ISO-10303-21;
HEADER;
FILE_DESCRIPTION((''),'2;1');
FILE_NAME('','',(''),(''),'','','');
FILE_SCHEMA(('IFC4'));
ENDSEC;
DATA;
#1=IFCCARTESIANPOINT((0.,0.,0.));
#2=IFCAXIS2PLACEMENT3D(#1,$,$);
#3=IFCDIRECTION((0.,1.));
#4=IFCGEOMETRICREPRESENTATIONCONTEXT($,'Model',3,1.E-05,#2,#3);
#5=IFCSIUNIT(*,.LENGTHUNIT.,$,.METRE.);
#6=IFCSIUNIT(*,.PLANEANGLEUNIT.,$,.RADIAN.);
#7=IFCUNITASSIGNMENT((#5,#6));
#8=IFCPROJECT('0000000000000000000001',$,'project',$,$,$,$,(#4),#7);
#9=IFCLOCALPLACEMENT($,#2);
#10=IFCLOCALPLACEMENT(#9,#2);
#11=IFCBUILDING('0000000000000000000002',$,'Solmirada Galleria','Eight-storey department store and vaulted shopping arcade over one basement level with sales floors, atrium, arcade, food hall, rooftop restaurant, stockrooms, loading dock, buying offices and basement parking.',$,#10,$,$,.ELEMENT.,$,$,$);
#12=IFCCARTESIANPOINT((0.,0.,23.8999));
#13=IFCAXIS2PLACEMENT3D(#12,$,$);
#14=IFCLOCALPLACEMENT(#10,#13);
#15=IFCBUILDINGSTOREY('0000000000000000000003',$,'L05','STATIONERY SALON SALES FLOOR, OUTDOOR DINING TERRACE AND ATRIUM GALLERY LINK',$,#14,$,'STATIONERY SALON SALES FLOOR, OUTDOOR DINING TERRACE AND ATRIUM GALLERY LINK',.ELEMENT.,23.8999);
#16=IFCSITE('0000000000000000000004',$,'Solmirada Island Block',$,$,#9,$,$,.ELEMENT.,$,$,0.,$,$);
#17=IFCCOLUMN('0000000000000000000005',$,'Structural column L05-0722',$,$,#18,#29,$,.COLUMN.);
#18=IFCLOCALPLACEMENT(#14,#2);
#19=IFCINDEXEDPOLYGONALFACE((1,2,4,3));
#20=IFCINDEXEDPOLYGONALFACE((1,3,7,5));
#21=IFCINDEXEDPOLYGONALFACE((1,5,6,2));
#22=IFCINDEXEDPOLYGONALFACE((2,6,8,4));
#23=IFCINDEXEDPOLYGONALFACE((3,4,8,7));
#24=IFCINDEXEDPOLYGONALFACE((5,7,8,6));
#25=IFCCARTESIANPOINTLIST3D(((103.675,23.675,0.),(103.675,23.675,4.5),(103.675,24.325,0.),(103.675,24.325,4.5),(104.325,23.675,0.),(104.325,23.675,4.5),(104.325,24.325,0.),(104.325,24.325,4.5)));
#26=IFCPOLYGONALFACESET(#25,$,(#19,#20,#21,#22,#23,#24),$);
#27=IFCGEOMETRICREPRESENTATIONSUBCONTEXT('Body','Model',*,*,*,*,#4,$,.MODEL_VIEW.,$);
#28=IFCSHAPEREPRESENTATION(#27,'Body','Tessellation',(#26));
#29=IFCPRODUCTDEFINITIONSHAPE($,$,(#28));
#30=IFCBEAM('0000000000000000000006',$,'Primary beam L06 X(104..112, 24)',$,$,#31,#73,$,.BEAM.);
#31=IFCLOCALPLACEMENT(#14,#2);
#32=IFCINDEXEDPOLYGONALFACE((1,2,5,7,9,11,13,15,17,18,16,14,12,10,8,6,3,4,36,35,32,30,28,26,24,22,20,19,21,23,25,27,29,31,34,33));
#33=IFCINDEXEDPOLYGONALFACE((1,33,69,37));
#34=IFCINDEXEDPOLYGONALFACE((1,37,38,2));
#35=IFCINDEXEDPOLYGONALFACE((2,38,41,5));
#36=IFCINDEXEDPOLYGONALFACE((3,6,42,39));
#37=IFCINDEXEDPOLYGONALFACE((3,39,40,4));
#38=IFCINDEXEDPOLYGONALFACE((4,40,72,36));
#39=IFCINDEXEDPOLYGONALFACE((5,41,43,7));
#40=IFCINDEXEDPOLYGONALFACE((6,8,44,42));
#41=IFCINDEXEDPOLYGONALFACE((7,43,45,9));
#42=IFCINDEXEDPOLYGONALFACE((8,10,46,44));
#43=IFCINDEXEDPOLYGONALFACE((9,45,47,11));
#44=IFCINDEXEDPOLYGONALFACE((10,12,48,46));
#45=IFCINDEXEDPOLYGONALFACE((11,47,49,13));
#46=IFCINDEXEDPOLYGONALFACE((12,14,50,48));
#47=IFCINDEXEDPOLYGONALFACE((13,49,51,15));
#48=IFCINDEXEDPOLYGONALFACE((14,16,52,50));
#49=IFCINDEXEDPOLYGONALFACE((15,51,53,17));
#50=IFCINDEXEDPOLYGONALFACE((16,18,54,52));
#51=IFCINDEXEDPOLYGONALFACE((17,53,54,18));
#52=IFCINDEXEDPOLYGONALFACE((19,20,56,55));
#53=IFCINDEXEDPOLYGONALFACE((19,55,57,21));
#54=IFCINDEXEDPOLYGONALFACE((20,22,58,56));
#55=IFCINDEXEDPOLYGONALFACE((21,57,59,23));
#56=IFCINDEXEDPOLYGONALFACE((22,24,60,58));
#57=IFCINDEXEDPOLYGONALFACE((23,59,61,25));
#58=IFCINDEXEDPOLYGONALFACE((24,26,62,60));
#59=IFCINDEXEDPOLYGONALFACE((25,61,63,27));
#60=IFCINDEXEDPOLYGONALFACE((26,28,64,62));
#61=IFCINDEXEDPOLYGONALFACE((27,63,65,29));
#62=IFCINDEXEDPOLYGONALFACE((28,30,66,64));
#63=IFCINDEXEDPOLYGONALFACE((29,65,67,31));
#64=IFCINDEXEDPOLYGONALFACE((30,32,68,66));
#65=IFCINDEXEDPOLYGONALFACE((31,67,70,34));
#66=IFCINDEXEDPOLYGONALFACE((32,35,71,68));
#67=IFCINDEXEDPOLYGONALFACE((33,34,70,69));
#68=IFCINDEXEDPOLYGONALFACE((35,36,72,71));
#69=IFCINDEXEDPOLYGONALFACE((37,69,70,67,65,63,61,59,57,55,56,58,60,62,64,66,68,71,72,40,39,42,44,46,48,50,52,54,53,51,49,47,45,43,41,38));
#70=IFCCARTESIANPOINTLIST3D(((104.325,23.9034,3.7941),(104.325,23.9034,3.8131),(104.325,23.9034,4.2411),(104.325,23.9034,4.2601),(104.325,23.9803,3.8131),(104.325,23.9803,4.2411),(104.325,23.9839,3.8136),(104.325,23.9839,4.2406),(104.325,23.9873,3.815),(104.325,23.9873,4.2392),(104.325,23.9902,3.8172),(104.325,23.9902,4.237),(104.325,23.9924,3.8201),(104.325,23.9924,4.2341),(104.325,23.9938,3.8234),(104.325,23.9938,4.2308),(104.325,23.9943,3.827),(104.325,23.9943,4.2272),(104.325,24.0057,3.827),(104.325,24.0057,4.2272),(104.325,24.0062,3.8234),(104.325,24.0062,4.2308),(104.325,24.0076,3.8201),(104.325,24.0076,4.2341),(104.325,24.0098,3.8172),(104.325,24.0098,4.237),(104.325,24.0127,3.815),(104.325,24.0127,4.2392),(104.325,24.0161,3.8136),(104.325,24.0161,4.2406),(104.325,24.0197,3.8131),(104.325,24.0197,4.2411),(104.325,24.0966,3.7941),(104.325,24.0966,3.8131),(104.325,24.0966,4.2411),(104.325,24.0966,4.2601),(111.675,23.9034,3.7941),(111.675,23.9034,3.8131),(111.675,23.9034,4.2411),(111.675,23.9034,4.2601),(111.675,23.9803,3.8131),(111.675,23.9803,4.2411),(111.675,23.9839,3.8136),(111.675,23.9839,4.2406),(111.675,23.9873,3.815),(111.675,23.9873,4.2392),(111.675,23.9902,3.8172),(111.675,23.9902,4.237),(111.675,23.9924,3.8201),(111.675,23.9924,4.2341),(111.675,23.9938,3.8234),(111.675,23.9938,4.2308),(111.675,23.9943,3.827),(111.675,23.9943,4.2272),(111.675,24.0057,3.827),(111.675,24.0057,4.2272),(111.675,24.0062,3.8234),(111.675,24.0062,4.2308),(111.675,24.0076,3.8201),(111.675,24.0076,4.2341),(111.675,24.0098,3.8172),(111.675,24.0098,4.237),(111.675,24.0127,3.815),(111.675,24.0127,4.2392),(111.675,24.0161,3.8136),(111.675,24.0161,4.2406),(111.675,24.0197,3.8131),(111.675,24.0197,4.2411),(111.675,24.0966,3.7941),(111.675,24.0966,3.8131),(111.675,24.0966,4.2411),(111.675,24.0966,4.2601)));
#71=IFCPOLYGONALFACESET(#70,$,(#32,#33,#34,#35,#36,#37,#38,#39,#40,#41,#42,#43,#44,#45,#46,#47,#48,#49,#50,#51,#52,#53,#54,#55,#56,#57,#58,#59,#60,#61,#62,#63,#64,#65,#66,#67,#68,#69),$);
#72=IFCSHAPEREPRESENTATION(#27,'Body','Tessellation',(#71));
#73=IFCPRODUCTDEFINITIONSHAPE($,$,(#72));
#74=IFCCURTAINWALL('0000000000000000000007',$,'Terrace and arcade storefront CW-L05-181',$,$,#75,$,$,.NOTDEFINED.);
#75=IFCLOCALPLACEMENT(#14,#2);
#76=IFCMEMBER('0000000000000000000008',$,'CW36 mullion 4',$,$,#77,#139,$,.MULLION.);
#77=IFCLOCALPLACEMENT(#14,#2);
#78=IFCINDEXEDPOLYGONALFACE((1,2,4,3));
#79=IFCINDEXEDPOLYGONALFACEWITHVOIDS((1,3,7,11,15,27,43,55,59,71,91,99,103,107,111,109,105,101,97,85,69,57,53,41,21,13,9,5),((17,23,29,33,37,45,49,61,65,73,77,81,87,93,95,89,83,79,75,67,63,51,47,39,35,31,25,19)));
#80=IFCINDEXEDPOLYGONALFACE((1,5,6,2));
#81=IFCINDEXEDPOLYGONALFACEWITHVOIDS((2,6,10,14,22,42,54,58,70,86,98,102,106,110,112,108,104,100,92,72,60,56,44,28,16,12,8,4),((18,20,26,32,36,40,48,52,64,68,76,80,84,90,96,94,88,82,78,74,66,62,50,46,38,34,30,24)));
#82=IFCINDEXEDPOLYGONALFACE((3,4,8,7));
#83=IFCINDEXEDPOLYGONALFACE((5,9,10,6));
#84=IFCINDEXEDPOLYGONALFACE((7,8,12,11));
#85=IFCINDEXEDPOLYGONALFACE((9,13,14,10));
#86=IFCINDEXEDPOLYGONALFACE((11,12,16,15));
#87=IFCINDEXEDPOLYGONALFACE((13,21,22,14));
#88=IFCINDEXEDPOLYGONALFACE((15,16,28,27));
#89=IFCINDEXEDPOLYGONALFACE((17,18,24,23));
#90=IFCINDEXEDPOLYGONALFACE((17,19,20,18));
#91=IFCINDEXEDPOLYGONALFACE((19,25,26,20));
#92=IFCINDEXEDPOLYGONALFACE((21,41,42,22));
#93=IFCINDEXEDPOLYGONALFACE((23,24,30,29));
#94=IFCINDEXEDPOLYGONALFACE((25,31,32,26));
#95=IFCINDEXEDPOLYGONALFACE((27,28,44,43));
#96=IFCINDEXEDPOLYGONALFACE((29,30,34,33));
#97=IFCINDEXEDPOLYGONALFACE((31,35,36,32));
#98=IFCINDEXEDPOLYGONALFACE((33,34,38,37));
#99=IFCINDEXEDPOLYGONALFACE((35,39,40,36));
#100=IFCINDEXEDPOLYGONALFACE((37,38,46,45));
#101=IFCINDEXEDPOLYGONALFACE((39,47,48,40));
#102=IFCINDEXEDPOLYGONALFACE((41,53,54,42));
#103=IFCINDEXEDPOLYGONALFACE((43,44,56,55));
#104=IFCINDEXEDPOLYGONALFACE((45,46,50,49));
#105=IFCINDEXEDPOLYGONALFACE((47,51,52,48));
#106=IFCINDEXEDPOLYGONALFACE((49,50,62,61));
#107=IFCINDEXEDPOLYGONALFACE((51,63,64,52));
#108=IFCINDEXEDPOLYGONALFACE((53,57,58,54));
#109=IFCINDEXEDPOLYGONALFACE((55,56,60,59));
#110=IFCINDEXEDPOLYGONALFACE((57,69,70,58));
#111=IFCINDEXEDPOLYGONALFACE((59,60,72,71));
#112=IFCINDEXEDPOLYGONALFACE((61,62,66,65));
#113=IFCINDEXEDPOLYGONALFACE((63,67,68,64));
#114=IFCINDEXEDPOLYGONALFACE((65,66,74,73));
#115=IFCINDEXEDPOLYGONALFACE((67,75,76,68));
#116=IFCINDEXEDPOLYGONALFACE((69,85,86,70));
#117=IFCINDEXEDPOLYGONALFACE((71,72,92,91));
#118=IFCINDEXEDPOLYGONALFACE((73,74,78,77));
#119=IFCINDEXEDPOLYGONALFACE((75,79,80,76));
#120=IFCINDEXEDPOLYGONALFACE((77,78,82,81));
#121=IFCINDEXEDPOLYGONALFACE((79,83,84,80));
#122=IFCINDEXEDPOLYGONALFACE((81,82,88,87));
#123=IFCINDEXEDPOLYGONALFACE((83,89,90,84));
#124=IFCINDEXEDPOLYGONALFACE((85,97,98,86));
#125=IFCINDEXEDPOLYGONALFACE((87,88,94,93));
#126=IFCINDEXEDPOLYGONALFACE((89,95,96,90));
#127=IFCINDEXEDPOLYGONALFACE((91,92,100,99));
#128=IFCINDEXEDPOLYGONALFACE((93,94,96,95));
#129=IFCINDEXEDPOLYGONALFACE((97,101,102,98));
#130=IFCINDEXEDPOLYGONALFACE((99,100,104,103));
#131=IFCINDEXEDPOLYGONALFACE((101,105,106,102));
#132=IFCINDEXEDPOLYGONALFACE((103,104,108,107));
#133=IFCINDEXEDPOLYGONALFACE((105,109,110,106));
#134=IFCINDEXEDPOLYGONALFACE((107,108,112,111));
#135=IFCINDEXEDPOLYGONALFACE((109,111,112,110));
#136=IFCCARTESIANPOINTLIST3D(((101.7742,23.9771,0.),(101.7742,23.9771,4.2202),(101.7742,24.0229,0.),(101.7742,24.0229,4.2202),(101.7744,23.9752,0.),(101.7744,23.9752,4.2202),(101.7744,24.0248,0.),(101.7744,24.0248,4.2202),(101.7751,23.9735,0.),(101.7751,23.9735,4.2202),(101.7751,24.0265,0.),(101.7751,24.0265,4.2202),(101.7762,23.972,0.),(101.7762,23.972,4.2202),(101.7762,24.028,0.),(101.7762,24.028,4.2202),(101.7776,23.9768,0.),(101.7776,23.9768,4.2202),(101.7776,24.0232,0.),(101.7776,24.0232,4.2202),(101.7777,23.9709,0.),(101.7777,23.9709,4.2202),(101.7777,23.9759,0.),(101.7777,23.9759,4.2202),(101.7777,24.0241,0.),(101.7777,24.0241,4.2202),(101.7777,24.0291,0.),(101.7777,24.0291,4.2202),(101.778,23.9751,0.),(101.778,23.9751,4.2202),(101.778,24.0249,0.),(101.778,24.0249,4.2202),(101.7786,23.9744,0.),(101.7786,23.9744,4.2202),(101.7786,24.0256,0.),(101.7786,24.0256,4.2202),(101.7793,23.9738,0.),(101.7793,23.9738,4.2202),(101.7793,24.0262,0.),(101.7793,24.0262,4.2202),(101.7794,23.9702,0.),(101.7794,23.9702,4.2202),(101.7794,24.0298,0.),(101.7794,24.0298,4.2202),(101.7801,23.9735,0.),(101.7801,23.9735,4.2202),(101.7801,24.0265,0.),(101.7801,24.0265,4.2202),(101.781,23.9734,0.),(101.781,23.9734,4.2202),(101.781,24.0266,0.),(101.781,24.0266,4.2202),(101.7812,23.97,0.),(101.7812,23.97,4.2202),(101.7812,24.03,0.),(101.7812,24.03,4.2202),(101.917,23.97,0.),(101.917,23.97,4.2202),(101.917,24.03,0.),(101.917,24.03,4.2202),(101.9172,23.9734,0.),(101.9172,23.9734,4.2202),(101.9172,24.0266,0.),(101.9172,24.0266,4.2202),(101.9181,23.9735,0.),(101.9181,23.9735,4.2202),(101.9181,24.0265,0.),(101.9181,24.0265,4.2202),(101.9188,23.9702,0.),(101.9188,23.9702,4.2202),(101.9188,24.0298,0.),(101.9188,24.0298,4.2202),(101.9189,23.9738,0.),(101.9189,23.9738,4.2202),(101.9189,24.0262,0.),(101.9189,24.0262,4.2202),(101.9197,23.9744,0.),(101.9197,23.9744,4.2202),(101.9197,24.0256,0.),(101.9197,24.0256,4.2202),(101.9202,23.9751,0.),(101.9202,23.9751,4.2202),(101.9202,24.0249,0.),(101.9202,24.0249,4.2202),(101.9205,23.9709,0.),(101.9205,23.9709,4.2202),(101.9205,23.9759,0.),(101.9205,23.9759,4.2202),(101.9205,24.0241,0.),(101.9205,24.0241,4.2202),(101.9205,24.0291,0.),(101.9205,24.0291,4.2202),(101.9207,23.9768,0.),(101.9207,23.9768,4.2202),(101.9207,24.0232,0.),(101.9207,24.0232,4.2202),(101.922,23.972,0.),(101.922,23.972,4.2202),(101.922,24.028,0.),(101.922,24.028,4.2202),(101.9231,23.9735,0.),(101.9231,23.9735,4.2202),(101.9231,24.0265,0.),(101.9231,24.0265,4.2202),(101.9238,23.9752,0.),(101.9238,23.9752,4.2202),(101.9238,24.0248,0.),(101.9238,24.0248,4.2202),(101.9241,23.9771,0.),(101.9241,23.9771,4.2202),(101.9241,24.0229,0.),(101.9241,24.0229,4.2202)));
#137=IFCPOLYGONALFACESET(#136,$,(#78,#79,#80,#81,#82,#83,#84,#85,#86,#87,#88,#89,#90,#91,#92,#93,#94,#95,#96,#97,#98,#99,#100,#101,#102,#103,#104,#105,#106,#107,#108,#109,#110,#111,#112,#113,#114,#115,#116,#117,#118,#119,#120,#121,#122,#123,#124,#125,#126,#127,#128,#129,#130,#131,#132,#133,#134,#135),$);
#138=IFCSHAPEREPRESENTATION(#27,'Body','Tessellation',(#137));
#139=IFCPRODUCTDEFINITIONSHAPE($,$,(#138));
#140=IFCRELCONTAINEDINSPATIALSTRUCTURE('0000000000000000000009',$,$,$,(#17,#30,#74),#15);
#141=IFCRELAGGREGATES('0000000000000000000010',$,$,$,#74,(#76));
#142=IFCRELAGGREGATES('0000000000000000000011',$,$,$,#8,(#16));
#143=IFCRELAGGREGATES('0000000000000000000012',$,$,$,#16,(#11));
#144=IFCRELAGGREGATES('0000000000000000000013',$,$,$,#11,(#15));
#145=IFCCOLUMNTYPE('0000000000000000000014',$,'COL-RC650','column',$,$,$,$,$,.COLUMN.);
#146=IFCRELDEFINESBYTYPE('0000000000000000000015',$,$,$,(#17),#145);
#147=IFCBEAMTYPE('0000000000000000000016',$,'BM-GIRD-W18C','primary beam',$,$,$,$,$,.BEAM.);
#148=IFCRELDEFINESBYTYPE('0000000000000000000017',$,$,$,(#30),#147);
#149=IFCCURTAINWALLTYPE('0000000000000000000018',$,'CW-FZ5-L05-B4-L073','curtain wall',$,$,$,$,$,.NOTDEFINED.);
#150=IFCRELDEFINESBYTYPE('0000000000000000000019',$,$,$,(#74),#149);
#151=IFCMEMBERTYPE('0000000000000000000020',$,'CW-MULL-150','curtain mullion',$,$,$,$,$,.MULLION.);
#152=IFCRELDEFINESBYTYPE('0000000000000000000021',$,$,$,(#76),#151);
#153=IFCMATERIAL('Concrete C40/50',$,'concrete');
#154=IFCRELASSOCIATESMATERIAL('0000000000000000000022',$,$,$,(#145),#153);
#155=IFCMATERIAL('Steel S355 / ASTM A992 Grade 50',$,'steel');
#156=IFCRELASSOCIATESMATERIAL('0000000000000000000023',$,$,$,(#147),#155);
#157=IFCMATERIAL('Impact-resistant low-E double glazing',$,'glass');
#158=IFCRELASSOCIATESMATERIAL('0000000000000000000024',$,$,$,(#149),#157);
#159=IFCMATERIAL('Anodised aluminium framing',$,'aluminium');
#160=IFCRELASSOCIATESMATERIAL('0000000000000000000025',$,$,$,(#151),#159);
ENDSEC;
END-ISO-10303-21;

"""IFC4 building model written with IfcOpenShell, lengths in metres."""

from ifc_helpers import new_model, si_unit, direction, frame, origin, origin_2d, place, context, subcontext, project, spatial, rectangle, hollow_rectangle, i_section, extrude, material, material_profile, profile_set, type_object, element, aggregate, save


model = new_model("IFC4")

# Units and contexts
model_context = context("Model", 3, precision=1e-05, world=origin(), true_north=direction((0.0, 1.0)))
body_context = subcontext(model_context, "Body", "Model", "MODEL_VIEW")
ifc_project = project(units=[si_unit("LENGTHUNIT", "METRE"), si_unit("PLANEANGLEUNIT", "RADIAN")], contexts=[model_context])

# Site, building, storey
site_placement = place(None, origin())
site = spatial("IfcSite", under=ifc_project, at=site_placement, Name="Solmirada Island Block", CompositionType="ELEMENT", RefElevation=0.0)
building_placement = place(site_placement, origin())
building = spatial("IfcBuilding", under=site, at=building_placement, Name="Solmirada Galleria", Description="Eight-storey department store and vaulted shopping arcade over one basement level with sales floors, atrium, arcade, food hall, rooftop restaurant, stockrooms, loading dock, buying offices and basement parking.", CompositionType="ELEMENT")
storey_placement = place(building_placement, frame((0.0, 0.0, 23.8999)))
storey = spatial("IfcBuildingStorey", under=building, at=storey_placement, Name="L05", Description="STATIONERY SALON SALES FLOOR, OUTDOOR DINING TERRACE AND ATRIUM GALLERY LINK", LongName="STATIONERY SALON SALES FLOOR, OUTDOOR DINING TERRACE AND ATRIUM GALLERY LINK", CompositionType="ELEMENT", Elevation=23.8999)

# Column
ifc_material_1 = material(Name="Concrete C40/50", Category="concrete")
ifc_material_profile_1 = material_profile(ifc_material_1, rectangle(XDim=0.6499, YDim=0.6499, at=origin_2d()), Name="RC650X650")
ifc_profile_set_1 = profile_set([ifc_material_profile_1], Name="Concrete C40/50")
column_type = type_object("IfcColumnType", Name="COL-RC650", Description="column", PredefinedType="COLUMN", material=ifc_profile_set_1)
column_placement = place(storey_placement, frame((104.0, 24.0, 0.0), z_axis=(0.0, 0.0, 1.0), x_axis=(1.0, 0.0, 0.0)))
element("IfcColumn", 1, at=column_placement, inside=storey, type_object=column_type, Name="Structural column L05-0722", PredefinedType="COLUMN", context=body_context, shape_type="SweptSolid", body=[
    extrude(rectangle(XDim=0.6499, YDim=0.6499, at=origin_2d()), origin(), (0.0, 0.0, 1.0), 4.5),
])

# Beam
ifc_material_2 = material(Name="Steel S355 / ASTM A992 Grade 50", Category="steel")
ifc_material_profile_2 = material_profile(ifc_material_2, i_section(OverallWidth=0.1931, OverallDepth=0.4661, WebThickness=0.0115, FlangeThickness=0.019, FilletRadius=0.0139, at=origin_2d()), Name="W18X65")
ifc_profile_set_2 = profile_set([ifc_material_profile_2], Name="Steel S355 / ASTM A992 Grade 50")
beam_type = type_object("IfcBeamType", Name="BM-GIRD-W18C", Description="primary beam", PredefinedType="BEAM", material=ifc_profile_set_2)
beam_placement = place(storey_placement, frame((104.325, 24.0, 4.0271), z_axis=(1.0, 0.0, 0.0), x_axis=(0.0, 1.0, 0.0)))
element("IfcBeam", 2, at=beam_placement, inside=storey, type_object=beam_type, Name="Primary beam L06 X(104..112, 24)", PredefinedType="BEAM", context=body_context, shape_type="SweptSolid", body=[
    extrude(i_section(OverallWidth=0.1931, OverallDepth=0.4661, WebThickness=0.0115, FlangeThickness=0.019, FilletRadius=0.0139, at=origin_2d()), origin(), (0.0, 0.0, 1.0), 7.3501),
])

# Curtain wall, member
ifc_material_3 = material(Name="Impact-resistant low-E double glazing", Category="glass")
curtain_wall_type_1 = type_object("IfcCurtainWallType", Name="CW-FZ5-L05-B4-L073", Description="curtain wall", PredefinedType="NOTDEFINED", material=ifc_material_3)
curtain_wall_1_placement = place(storey_placement, origin())
curtain_wall_1 = element("IfcCurtainWall", 3, at=curtain_wall_1_placement, inside=storey, type_object=curtain_wall_type_1, Name="Terrace and arcade storefront CW-L05-181", PredefinedType="NOTDEFINED")
ifc_material_4 = material(Name="Anodised aluminium framing", Category="aluminium")
ifc_material_profile_3 = material_profile(ifc_material_4, hollow_rectangle(XDim=0.0601, YDim=0.1499, WallThickness=0.0034, InnerFilletRadius=0.0034, OuterFilletRadius=0.0071, at=origin_2d()), Name="ALU-MULL-150X60")
ifc_profile_set_3 = profile_set([ifc_material_profile_3], Name="Anodised aluminium framing")
member_type_1 = type_object("IfcMemberType", Name="CW-MULL-150", Description="curtain mullion", PredefinedType="MULLION", material=ifc_profile_set_3)
member_1_placement = place(storey_placement, frame((101.8491, 24.0, 0.0), z_axis=(0.0, 0.0, 1.0), x_axis=(0.0, 1.0, 0.0)))
member_1 = element("IfcMember", 4, at=member_1_placement, type_object=member_type_1, Name="CW36 mullion 4", PredefinedType="MULLION", context=body_context, shape_type="SweptSolid", body=[
    extrude(hollow_rectangle(XDim=0.0601, YDim=0.1499, WallThickness=0.0034, InnerFilletRadius=0.0034, OuterFilletRadius=0.0071, at=origin_2d()), origin(), (0.0, 0.0, 1.0), 4.2202),
])

aggregate(curtain_wall_1, [member_1])

save(model, "model.ifc")
